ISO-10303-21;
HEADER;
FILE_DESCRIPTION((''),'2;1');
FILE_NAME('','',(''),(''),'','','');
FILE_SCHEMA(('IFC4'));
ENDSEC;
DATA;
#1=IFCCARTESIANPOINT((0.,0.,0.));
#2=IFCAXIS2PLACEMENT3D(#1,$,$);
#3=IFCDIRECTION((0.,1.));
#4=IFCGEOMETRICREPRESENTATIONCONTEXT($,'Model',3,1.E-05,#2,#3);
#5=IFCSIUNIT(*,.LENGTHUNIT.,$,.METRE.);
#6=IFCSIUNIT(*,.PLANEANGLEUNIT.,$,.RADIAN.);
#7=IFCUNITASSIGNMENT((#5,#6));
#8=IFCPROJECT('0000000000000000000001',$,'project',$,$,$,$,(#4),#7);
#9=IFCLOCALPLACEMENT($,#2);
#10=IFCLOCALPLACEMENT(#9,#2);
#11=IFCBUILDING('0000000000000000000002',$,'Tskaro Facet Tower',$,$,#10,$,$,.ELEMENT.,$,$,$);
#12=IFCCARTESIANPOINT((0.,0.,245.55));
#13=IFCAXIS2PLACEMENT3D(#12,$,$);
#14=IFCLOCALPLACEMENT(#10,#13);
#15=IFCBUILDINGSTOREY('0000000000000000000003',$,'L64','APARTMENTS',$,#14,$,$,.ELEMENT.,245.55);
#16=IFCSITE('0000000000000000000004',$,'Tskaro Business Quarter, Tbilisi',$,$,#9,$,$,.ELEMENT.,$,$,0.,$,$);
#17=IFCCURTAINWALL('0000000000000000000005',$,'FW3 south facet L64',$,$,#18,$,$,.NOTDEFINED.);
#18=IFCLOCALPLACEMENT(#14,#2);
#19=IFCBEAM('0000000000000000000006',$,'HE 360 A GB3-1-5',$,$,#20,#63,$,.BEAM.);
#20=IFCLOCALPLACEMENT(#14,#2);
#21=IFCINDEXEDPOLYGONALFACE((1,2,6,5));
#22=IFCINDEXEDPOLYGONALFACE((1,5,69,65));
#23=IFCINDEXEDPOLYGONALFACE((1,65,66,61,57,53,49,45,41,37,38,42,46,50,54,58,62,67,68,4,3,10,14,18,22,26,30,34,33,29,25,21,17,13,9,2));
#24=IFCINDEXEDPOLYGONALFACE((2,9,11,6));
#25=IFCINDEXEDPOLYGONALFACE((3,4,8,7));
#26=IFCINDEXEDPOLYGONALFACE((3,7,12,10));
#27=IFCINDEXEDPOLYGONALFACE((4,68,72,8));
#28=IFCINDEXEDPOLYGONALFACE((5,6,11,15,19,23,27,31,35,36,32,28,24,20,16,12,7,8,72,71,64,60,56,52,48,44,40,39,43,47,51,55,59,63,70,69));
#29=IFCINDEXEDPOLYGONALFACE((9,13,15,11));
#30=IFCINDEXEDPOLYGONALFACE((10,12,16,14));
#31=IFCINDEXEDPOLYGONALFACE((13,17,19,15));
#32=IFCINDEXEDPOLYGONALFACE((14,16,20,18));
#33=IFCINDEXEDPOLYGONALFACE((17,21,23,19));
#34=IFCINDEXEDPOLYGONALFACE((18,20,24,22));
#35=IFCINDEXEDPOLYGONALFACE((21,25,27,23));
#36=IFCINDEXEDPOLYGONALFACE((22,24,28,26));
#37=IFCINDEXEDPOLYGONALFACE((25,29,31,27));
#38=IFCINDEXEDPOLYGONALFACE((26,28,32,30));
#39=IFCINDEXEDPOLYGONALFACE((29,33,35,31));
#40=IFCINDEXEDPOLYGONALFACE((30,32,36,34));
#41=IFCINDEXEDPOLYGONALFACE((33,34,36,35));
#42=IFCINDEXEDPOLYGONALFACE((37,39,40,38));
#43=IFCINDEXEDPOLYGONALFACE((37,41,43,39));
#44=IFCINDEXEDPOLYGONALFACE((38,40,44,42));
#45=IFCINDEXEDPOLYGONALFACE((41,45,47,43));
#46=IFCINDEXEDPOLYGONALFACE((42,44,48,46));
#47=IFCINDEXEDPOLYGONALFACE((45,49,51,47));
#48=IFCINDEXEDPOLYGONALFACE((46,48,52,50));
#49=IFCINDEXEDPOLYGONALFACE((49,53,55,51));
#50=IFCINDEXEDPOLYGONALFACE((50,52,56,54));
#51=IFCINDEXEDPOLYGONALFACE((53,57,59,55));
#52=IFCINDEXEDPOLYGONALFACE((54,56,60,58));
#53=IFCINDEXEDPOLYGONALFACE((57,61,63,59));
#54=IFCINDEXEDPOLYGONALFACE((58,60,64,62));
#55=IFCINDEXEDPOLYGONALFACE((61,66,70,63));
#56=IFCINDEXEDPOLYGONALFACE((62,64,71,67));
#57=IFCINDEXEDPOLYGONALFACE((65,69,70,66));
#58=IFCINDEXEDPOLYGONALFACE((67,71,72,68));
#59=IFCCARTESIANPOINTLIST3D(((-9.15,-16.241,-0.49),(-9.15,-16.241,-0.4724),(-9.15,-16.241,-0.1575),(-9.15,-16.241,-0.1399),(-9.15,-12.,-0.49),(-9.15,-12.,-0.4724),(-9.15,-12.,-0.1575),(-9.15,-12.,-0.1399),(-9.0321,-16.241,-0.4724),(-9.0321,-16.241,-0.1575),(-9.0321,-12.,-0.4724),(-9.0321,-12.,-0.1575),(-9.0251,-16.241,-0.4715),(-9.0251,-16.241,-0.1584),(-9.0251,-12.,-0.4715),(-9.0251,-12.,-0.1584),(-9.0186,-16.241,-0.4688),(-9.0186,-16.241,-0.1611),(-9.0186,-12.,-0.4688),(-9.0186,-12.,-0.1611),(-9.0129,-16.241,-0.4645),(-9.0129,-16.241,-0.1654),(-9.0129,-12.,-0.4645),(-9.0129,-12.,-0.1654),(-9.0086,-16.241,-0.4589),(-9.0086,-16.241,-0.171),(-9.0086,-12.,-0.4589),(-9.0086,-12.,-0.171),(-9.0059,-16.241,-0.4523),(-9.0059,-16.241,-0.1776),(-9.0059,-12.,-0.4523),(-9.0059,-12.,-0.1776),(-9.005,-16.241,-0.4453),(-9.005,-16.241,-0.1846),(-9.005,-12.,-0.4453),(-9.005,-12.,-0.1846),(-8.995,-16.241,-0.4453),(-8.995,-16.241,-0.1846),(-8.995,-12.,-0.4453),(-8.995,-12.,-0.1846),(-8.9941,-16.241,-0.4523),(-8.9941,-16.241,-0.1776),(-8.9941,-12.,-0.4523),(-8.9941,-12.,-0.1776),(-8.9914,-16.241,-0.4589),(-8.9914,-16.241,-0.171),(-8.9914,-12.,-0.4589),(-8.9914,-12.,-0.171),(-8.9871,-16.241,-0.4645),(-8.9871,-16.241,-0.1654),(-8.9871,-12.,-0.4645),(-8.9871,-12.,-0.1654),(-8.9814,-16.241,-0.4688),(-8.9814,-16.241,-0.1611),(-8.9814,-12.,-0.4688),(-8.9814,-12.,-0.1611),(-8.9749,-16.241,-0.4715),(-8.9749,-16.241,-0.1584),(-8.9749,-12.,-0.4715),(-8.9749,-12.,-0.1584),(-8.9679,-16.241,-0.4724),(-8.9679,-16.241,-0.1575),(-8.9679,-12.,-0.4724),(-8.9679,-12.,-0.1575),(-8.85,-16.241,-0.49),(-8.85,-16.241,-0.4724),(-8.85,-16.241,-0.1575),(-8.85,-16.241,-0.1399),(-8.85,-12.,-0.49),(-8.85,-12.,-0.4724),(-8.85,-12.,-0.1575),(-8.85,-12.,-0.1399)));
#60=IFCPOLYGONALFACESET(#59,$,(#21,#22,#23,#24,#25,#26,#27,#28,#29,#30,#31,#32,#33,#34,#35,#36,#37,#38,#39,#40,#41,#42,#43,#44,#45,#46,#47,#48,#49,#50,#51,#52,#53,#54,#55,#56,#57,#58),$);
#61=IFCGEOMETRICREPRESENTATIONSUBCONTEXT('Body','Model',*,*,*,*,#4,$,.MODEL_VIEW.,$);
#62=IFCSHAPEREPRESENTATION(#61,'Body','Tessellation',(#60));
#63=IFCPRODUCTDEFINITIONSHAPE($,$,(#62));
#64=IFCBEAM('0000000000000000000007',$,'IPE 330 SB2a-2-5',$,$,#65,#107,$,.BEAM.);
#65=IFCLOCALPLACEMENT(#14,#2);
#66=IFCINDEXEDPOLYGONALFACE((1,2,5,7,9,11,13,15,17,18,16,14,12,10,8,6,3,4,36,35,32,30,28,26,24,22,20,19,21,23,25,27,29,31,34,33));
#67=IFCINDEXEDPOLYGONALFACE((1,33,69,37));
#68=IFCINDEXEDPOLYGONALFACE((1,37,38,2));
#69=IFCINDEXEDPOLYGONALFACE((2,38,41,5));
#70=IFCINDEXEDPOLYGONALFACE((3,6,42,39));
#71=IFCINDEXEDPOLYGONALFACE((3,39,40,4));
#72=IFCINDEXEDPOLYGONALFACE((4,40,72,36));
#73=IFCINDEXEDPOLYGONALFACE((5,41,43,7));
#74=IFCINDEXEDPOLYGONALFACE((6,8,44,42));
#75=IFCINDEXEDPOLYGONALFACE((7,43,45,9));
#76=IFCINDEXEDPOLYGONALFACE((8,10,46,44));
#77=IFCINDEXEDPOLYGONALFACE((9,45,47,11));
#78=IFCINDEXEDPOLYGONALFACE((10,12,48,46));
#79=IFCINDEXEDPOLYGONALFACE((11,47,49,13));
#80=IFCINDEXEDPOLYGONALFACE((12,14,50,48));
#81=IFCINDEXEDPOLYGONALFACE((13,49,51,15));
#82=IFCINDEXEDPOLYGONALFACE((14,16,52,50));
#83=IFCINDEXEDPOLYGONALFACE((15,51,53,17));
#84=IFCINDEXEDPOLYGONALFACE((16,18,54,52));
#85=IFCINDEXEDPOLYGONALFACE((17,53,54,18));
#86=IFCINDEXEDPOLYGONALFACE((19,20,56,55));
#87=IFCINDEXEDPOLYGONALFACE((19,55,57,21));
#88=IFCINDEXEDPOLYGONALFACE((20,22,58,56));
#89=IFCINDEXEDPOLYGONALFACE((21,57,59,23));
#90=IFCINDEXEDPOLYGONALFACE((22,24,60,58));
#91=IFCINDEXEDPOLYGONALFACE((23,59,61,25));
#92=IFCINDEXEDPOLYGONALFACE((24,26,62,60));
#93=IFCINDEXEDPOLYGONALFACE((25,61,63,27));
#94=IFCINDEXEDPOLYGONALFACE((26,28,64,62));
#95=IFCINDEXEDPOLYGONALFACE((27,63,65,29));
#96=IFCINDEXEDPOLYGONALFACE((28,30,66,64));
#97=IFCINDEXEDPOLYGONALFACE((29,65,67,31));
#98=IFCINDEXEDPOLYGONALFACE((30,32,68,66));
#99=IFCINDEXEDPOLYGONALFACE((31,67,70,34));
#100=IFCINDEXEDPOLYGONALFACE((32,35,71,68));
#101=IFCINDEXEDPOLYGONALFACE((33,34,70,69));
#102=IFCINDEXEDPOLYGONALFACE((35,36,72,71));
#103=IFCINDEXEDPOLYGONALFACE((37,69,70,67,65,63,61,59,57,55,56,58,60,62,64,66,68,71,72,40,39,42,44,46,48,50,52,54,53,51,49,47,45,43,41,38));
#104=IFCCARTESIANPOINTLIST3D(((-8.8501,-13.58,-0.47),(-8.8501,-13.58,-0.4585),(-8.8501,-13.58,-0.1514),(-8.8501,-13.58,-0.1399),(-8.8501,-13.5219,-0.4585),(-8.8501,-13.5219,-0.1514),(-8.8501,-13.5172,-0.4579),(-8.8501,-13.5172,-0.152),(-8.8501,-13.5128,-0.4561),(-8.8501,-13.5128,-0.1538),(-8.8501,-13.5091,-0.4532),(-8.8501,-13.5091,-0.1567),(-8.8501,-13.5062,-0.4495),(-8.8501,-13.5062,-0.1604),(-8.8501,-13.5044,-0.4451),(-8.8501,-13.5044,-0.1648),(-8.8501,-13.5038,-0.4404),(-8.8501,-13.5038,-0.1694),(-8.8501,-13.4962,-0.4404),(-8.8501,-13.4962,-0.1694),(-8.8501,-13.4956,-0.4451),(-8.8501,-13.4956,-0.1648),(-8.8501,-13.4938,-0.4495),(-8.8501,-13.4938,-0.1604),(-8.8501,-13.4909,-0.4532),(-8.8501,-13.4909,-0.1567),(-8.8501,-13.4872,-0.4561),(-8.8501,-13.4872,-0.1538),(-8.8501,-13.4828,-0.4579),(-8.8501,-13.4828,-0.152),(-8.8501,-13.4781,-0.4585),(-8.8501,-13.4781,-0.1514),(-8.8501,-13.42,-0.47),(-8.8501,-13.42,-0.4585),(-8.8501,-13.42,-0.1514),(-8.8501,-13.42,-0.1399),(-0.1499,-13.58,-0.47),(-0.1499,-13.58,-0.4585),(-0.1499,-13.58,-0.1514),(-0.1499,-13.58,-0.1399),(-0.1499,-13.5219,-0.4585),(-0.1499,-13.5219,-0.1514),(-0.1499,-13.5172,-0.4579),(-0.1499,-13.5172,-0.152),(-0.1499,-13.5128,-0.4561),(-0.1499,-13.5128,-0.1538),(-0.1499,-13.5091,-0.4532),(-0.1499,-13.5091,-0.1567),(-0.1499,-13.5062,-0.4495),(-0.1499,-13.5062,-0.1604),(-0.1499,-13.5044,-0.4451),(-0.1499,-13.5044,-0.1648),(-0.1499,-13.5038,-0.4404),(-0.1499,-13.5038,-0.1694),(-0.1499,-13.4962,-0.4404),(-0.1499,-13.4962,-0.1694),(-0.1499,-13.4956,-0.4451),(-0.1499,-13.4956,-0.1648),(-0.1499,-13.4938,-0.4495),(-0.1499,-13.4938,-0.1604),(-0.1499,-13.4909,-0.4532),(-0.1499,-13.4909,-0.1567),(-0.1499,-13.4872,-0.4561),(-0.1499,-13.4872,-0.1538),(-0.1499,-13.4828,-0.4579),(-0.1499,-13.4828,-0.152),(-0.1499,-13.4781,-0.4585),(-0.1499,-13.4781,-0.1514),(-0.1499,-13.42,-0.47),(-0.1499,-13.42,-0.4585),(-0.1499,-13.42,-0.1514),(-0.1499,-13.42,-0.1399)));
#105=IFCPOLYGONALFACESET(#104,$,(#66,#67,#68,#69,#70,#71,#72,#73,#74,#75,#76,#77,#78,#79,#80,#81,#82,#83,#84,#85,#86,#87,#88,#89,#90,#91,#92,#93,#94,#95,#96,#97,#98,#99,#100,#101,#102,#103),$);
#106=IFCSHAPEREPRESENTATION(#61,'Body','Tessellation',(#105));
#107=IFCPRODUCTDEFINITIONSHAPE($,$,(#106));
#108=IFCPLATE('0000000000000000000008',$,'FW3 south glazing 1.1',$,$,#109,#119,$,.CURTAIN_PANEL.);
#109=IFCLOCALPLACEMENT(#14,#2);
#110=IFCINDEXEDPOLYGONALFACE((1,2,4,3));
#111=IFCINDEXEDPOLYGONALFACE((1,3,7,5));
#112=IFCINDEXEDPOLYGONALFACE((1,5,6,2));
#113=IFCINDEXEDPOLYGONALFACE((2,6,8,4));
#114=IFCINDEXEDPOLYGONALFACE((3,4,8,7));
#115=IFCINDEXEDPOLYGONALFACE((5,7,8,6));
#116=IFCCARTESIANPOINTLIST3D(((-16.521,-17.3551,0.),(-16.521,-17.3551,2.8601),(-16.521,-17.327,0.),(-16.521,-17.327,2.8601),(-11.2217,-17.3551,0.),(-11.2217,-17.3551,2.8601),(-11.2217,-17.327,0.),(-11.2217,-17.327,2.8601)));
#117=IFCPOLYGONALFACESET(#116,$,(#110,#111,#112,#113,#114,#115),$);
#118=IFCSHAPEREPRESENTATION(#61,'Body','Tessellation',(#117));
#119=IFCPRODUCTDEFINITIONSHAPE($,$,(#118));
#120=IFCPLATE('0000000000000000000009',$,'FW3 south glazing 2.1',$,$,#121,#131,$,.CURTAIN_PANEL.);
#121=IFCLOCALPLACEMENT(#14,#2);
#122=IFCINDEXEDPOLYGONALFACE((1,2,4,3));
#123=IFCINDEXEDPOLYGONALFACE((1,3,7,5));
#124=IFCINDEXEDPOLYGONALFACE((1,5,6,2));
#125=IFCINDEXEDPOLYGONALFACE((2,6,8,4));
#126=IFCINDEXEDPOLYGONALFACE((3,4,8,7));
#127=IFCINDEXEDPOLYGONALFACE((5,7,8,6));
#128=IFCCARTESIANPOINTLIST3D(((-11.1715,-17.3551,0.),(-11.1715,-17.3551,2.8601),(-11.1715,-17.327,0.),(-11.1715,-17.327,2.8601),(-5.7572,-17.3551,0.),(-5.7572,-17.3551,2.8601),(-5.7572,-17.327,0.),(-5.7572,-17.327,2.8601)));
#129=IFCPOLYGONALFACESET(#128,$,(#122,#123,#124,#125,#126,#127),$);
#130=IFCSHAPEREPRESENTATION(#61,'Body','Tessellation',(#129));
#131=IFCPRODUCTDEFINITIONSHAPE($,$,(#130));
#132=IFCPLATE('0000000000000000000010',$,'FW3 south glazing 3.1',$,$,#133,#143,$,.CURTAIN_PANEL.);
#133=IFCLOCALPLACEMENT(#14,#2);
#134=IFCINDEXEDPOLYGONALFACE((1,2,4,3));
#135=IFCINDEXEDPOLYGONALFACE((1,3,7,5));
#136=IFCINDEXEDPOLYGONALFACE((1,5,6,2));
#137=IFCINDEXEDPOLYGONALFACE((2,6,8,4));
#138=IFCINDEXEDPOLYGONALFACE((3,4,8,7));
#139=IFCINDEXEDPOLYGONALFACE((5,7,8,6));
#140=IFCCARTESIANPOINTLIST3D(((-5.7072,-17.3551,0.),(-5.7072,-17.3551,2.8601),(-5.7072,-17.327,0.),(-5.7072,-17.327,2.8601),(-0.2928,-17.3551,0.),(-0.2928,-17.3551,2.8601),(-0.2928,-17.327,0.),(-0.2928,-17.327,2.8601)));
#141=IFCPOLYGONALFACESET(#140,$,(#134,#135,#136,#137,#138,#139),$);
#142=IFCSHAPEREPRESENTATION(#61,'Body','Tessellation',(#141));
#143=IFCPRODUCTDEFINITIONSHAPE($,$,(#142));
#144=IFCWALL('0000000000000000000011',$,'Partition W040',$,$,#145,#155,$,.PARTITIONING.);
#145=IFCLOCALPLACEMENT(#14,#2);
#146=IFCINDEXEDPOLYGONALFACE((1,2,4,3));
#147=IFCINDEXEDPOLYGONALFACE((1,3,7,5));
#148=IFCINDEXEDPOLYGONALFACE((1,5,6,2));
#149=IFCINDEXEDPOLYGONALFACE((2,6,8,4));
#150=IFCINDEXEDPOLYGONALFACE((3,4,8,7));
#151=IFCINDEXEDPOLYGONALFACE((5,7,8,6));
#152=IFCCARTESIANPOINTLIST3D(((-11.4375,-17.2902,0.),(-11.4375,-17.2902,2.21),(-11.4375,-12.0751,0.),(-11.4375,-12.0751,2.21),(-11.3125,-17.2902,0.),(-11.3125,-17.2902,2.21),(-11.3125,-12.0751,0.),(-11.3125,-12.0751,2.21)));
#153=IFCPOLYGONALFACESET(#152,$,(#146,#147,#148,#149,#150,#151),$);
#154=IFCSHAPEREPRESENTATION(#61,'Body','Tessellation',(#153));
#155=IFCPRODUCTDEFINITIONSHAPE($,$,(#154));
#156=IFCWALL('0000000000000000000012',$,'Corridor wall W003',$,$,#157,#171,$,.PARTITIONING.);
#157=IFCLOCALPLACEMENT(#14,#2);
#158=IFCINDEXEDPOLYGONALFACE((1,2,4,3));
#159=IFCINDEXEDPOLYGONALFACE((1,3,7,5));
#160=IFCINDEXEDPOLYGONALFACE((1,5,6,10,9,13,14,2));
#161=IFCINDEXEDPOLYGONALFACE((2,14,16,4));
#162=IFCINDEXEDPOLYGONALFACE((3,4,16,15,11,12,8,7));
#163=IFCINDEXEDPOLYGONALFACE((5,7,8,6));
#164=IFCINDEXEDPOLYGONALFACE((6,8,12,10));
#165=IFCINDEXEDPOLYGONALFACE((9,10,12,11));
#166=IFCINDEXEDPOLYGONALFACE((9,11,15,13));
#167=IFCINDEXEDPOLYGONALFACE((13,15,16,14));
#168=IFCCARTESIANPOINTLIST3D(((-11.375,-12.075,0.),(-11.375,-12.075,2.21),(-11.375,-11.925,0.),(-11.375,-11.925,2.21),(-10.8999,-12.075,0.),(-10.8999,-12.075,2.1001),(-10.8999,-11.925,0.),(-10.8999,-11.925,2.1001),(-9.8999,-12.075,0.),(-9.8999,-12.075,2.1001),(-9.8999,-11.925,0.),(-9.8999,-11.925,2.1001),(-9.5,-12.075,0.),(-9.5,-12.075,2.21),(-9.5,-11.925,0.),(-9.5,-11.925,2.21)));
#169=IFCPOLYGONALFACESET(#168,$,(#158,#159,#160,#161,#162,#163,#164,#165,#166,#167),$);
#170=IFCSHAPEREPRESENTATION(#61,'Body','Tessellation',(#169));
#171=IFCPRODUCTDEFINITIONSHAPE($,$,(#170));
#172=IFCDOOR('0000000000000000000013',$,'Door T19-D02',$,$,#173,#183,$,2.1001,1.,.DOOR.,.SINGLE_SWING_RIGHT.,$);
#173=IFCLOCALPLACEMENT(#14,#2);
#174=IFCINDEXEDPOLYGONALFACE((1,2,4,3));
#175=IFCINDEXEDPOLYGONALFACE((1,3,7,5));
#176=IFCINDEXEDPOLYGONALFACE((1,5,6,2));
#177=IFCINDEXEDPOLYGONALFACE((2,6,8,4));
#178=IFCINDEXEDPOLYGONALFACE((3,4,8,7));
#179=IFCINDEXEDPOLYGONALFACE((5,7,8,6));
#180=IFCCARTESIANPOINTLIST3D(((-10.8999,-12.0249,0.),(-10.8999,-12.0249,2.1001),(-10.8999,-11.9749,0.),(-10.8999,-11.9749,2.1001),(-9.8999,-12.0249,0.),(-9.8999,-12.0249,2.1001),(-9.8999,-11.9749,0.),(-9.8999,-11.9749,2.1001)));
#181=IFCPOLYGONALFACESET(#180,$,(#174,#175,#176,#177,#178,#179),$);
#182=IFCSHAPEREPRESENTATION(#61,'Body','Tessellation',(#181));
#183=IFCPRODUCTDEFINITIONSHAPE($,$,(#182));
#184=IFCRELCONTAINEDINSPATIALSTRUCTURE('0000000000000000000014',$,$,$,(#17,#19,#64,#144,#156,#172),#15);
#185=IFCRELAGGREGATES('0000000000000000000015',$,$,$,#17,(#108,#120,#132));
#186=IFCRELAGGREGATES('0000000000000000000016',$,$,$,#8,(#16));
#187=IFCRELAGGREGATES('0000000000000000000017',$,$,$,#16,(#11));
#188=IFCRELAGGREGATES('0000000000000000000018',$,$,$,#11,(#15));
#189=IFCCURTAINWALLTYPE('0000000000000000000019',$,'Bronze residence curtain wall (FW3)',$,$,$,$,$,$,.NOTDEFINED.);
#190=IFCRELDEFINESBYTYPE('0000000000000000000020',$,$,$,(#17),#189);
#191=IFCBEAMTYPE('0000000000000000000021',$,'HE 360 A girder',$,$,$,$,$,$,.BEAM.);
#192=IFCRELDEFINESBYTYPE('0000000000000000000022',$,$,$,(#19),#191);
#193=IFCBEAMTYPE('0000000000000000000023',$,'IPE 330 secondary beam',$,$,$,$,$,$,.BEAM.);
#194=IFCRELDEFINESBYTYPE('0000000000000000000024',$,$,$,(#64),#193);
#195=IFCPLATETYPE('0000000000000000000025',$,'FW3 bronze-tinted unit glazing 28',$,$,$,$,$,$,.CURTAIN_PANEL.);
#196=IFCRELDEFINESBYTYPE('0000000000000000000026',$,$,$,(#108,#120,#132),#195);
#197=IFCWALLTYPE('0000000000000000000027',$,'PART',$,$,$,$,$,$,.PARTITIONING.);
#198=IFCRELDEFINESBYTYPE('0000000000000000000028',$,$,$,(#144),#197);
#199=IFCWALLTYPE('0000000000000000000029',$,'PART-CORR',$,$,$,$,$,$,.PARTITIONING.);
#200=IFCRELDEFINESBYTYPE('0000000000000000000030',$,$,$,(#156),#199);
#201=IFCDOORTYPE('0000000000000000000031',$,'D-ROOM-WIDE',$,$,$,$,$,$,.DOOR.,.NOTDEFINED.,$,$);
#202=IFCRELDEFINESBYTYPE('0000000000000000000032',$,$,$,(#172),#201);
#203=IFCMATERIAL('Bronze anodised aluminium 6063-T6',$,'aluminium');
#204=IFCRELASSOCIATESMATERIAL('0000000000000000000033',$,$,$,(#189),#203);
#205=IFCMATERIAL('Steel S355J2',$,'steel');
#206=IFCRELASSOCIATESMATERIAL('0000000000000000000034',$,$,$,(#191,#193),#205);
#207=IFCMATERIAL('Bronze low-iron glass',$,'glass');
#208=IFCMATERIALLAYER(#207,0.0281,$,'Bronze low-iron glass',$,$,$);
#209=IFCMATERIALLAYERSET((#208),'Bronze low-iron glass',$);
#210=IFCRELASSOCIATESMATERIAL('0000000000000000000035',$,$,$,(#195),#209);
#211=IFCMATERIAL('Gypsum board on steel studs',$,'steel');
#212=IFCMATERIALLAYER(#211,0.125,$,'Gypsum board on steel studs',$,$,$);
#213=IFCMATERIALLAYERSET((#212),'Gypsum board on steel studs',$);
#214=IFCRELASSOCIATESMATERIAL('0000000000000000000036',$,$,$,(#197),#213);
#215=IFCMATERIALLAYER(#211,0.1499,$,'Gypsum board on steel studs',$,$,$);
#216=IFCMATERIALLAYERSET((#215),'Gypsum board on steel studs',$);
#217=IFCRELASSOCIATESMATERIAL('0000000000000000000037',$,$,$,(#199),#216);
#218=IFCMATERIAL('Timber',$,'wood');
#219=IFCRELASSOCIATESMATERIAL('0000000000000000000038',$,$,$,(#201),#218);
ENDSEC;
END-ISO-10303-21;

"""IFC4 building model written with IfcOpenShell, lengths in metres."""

from ifc_helpers import new_model, si_unit, direction, frame, frame_2d, origin, origin_2d, place, context, subcontext, project, spatial, rectangle, i_section, extrude, material, layer, layer_set, material_profile, profile_set, type_object, element, fill, aggregate, save


model = new_model("IFC4")

# Units and contexts
model_context = context("Model", 3, precision=1e-05, world=origin(), true_north=direction((0.0, 1.0)))
body_context = subcontext(model_context, "Body", "Model", "MODEL_VIEW")
ifc_project = project(units=[si_unit("LENGTHUNIT", "METRE"), si_unit("PLANEANGLEUNIT", "RADIAN")], contexts=[model_context])

# Site, building, storey
site_placement = place(None, origin())
site = spatial("IfcSite", under=ifc_project, at=site_placement, Name="Tskaro Business Quarter, Tbilisi", CompositionType="ELEMENT", RefElevation=0.0)
building_placement = place(site_placement, origin())
building = spatial("IfcBuilding", under=site, at=building_placement, Name="Tskaro Facet Tower", CompositionType="ELEMENT")
storey_placement = place(building_placement, frame((0.0, 0.0, 245.55)))
storey = spatial("IfcBuildingStorey", under=building, at=storey_placement, Name="L64", Description="APARTMENTS", CompositionType="ELEMENT", Elevation=245.55)

# Shared definitions
ifc_material_1 = material(Name="Steel S355J2", Category="steel")

# Curtain wall
ifc_material_2 = material(Name="Bronze anodised aluminium 6063-T6", Category="aluminium")
curtain_wall_type = type_object("IfcCurtainWallType", Name="Bronze residence curtain wall (FW3)", PredefinedType="NOTDEFINED", material=ifc_material_2)
curtain_wall_placement = place(storey_placement, origin())
curtain_wall = element("IfcCurtainWall", 1, at=curtain_wall_placement, inside=storey, type_object=curtain_wall_type, Name="FW3 south facet L64", PredefinedType="NOTDEFINED")

# Beams
ifc_material_profile_1 = material_profile(ifc_material_1, i_section(OverallWidth=0.3, OverallDepth=0.3501, WebThickness=0.01, FlangeThickness=0.0176, FilletRadius=0.0271, at=origin_2d()), Name="HE 360 A")
ifc_profile_set_1 = profile_set([ifc_material_profile_1], Name="Steel S355J2")
beam_type_1 = type_object("IfcBeamType", Name="HE 360 A girder", PredefinedType="BEAM", material=ifc_profile_set_1)
beam_1_placement = place(storey_placement, frame((-9.0, -16.241, -0.3149), z_axis=(0.0, 1.0, 0.0), x_axis=(-1.0, 0.0, 0.0)))
element("IfcBeam", 2, at=beam_1_placement, inside=storey, type_object=beam_type_1, Name="HE 360 A GB3-1-5", PredefinedType="BEAM", context=body_context, shape_type="SweptSolid", body=[
    extrude(i_section(OverallWidth=0.3, OverallDepth=0.3501, WebThickness=0.01, FlangeThickness=0.0176, FilletRadius=0.0271, at=origin_2d()), origin(), (0.0, 0.0, 1.0), 4.241),
])
ifc_material_profile_2 = material_profile(ifc_material_1, i_section(OverallWidth=0.1599, OverallDepth=0.3301, WebThickness=0.0076, FlangeThickness=0.0115, FilletRadius=0.0181, at=origin_2d()), Name="IPE 330")
ifc_profile_set_2 = profile_set([ifc_material_profile_2], Name="Steel S355J2")
beam_type_2 = type_object("IfcBeamType", Name="IPE 330 secondary beam", PredefinedType="BEAM", material=ifc_profile_set_2)
beam_2_placement = place(storey_placement, frame((-8.8501, -13.5, -0.3049), z_axis=(1.0, 0.0, 0.0), x_axis=(0.0, 1.0, 0.0)))
element("IfcBeam", 3, at=beam_2_placement, inside=storey, type_object=beam_type_2, Name="IPE 330 SB2a-2-5", PredefinedType="BEAM", context=body_context, shape_type="SweptSolid", body=[
    extrude(i_section(OverallWidth=0.1599, OverallDepth=0.3301, WebThickness=0.0076, FlangeThickness=0.0115, FilletRadius=0.0181, at=origin_2d()), origin(), (0.0, 0.0, 1.0), 8.7002),
])

# Plates
ifc_material_3 = material(Name="Bronze low-iron glass", Category="glass")
ifc_layer_1 = layer(ifc_material_3, 0.0281, Name="Bronze low-iron glass")
ifc_layer_set_1 = layer_set([ifc_layer_1], Name="Bronze low-iron glass")
plate_type = type_object("IfcPlateType", Name="FW3 bronze-tinted unit glazing 28", PredefinedType="CURTAIN_PANEL", material=ifc_layer_set_1)
plate_1_placement = place(storey_placement, frame((-13.8713, -17.3411, 0.0), z_axis=(0.0, 0.0, 1.0), x_axis=(1.0, 0.0, 0.0)))
plate_1 = element("IfcPlate", 4, at=plate_1_placement, type_object=plate_type, Name="FW3 south glazing 1.1", PredefinedType="CURTAIN_PANEL", context=body_context, shape_type="SweptSolid", body=[
    extrude(rectangle(XDim=5.2993, YDim=0.0281, at=origin_2d()), origin(), (0.0, 0.0, 1.0), 2.8601),
])
plate_2_placement = place(storey_placement, frame((-8.4644, -17.3411, 0.0), z_axis=(0.0, 0.0, 1.0), x_axis=(1.0, 0.0, 0.0)))
plate_2 = element("IfcPlate", 5, at=plate_2_placement, type_object=plate_type, Name="FW3 south glazing 2.1", PredefinedType="CURTAIN_PANEL", context=body_context, shape_type="SweptSolid", body=[
    extrude(rectangle(XDim=5.4143, YDim=0.0281, at=origin_2d()), origin(), (0.0, 0.0, 1.0), 2.8601),
])
plate_3_placement = place(storey_placement, frame((-3.0, -17.3411, 0.0), z_axis=(0.0, 0.0, 1.0), x_axis=(1.0, 0.0, 0.0)))
plate_3 = element("IfcPlate", 6, at=plate_3_placement, type_object=plate_type, Name="FW3 south glazing 3.1", PredefinedType="CURTAIN_PANEL", context=body_context, shape_type="SweptSolid", body=[
    extrude(rectangle(XDim=5.4143, YDim=0.0281, at=origin_2d()), origin(), (0.0, 0.0, 1.0), 2.8601),
])
aggregate(curtain_wall, [plate_1, plate_2, plate_3])

# Wall
ifc_material_4 = material(Name="Gypsum board on steel studs", Category="steel")
ifc_layer_2 = layer(ifc_material_4, 0.125, Name="Gypsum board on steel studs")
ifc_layer_set_2 = layer_set([ifc_layer_2], Name="Gypsum board on steel studs")
wall_type_1 = type_object("IfcWallType", Name="PART", PredefinedType="PARTITIONING", material=ifc_layer_set_2)
wall_1_placement = place(storey_placement, frame((-11.375, -17.29, 0.0), z_axis=(0.0, 0.0, 1.0), x_axis=(0.0, 1.0, 0.0)))
element("IfcWall", 7, at=wall_1_placement, inside=storey, type_object=wall_type_1, Name="Partition W040", PredefinedType="PARTITIONING", context=body_context, shape_type="SweptSolid", body=[
    extrude(rectangle(XDim=5.2151, YDim=0.125, at=frame_2d((2.6074, 0.0))), origin(), (0.0, 0.0, 1.0), 2.21),
])

# Wall, opening, door
ifc_layer_3 = layer(ifc_material_4, 0.1499, Name="Gypsum board on steel studs")
ifc_layer_set_3 = layer_set([ifc_layer_3], Name="Gypsum board on steel studs")
wall_type_2 = type_object("IfcWallType", Name="PART-CORR", PredefinedType="PARTITIONING", material=ifc_layer_set_3)
wall_2_placement = place(storey_placement, frame((-9.5, -12.0, 0.0), z_axis=(0.0, 0.0, 1.0), x_axis=(-1.0, 0.0, 0.0)))
wall_2 = element("IfcWall", 8, at=wall_2_placement, inside=storey, type_object=wall_type_2, Name="Corridor wall W003", PredefinedType="PARTITIONING", context=body_context, shape_type="SweptSolid", body=[
    extrude(rectangle(XDim=1.875, YDim=0.1499, at=frame_2d((0.9375, 0.0))), origin(), (0.0, 0.0, 1.0), 2.21),
])
opening_placement = place(wall_2_placement, frame((0.3999, 0.0, 0.0)))
opening = element("IfcOpeningElement", 9, at=opening_placement, cuts=wall_2, PredefinedType="OPENING", context=body_context, shape_type="SweptSolid", body=[
    extrude(rectangle(XDim=1.0, YDim=2.1001, at=frame_2d((0.5, 1.05))), frame((0.0, 0.085, 0.0), z_axis=(0.0, -1.0, 0.0), x_axis=(1.0, 0.0, 0.0)), (0.0, 0.0, 1.0), 0.1699),
])
ifc_material_5 = material(Name="Timber", Category="wood")
door_type = type_object("IfcDoorType", Name="D-ROOM-WIDE", OperationType="NOTDEFINED", PredefinedType="DOOR", material=ifc_material_5)
door_placement = place(opening_placement, origin())
door = element("IfcDoor", 10, at=door_placement, inside=storey, type_object=door_type, Name="Door T19-D02", OperationType="SINGLE_SWING_RIGHT", OverallHeight=2.1001, OverallWidth=1.0, PredefinedType="DOOR", context=body_context, shape_type="SweptSolid", body=[
    extrude(rectangle(XDim=1.0, YDim=2.1001, at=frame_2d((0.5, 1.05))), frame((0.0, 0.0249, 0.0), z_axis=(0.0, -1.0, 0.0), x_axis=(1.0, 0.0, 0.0)), (0.0, 0.0, 1.0), 0.05),
])
fill(opening, door)

save(model, "model.ifc")
